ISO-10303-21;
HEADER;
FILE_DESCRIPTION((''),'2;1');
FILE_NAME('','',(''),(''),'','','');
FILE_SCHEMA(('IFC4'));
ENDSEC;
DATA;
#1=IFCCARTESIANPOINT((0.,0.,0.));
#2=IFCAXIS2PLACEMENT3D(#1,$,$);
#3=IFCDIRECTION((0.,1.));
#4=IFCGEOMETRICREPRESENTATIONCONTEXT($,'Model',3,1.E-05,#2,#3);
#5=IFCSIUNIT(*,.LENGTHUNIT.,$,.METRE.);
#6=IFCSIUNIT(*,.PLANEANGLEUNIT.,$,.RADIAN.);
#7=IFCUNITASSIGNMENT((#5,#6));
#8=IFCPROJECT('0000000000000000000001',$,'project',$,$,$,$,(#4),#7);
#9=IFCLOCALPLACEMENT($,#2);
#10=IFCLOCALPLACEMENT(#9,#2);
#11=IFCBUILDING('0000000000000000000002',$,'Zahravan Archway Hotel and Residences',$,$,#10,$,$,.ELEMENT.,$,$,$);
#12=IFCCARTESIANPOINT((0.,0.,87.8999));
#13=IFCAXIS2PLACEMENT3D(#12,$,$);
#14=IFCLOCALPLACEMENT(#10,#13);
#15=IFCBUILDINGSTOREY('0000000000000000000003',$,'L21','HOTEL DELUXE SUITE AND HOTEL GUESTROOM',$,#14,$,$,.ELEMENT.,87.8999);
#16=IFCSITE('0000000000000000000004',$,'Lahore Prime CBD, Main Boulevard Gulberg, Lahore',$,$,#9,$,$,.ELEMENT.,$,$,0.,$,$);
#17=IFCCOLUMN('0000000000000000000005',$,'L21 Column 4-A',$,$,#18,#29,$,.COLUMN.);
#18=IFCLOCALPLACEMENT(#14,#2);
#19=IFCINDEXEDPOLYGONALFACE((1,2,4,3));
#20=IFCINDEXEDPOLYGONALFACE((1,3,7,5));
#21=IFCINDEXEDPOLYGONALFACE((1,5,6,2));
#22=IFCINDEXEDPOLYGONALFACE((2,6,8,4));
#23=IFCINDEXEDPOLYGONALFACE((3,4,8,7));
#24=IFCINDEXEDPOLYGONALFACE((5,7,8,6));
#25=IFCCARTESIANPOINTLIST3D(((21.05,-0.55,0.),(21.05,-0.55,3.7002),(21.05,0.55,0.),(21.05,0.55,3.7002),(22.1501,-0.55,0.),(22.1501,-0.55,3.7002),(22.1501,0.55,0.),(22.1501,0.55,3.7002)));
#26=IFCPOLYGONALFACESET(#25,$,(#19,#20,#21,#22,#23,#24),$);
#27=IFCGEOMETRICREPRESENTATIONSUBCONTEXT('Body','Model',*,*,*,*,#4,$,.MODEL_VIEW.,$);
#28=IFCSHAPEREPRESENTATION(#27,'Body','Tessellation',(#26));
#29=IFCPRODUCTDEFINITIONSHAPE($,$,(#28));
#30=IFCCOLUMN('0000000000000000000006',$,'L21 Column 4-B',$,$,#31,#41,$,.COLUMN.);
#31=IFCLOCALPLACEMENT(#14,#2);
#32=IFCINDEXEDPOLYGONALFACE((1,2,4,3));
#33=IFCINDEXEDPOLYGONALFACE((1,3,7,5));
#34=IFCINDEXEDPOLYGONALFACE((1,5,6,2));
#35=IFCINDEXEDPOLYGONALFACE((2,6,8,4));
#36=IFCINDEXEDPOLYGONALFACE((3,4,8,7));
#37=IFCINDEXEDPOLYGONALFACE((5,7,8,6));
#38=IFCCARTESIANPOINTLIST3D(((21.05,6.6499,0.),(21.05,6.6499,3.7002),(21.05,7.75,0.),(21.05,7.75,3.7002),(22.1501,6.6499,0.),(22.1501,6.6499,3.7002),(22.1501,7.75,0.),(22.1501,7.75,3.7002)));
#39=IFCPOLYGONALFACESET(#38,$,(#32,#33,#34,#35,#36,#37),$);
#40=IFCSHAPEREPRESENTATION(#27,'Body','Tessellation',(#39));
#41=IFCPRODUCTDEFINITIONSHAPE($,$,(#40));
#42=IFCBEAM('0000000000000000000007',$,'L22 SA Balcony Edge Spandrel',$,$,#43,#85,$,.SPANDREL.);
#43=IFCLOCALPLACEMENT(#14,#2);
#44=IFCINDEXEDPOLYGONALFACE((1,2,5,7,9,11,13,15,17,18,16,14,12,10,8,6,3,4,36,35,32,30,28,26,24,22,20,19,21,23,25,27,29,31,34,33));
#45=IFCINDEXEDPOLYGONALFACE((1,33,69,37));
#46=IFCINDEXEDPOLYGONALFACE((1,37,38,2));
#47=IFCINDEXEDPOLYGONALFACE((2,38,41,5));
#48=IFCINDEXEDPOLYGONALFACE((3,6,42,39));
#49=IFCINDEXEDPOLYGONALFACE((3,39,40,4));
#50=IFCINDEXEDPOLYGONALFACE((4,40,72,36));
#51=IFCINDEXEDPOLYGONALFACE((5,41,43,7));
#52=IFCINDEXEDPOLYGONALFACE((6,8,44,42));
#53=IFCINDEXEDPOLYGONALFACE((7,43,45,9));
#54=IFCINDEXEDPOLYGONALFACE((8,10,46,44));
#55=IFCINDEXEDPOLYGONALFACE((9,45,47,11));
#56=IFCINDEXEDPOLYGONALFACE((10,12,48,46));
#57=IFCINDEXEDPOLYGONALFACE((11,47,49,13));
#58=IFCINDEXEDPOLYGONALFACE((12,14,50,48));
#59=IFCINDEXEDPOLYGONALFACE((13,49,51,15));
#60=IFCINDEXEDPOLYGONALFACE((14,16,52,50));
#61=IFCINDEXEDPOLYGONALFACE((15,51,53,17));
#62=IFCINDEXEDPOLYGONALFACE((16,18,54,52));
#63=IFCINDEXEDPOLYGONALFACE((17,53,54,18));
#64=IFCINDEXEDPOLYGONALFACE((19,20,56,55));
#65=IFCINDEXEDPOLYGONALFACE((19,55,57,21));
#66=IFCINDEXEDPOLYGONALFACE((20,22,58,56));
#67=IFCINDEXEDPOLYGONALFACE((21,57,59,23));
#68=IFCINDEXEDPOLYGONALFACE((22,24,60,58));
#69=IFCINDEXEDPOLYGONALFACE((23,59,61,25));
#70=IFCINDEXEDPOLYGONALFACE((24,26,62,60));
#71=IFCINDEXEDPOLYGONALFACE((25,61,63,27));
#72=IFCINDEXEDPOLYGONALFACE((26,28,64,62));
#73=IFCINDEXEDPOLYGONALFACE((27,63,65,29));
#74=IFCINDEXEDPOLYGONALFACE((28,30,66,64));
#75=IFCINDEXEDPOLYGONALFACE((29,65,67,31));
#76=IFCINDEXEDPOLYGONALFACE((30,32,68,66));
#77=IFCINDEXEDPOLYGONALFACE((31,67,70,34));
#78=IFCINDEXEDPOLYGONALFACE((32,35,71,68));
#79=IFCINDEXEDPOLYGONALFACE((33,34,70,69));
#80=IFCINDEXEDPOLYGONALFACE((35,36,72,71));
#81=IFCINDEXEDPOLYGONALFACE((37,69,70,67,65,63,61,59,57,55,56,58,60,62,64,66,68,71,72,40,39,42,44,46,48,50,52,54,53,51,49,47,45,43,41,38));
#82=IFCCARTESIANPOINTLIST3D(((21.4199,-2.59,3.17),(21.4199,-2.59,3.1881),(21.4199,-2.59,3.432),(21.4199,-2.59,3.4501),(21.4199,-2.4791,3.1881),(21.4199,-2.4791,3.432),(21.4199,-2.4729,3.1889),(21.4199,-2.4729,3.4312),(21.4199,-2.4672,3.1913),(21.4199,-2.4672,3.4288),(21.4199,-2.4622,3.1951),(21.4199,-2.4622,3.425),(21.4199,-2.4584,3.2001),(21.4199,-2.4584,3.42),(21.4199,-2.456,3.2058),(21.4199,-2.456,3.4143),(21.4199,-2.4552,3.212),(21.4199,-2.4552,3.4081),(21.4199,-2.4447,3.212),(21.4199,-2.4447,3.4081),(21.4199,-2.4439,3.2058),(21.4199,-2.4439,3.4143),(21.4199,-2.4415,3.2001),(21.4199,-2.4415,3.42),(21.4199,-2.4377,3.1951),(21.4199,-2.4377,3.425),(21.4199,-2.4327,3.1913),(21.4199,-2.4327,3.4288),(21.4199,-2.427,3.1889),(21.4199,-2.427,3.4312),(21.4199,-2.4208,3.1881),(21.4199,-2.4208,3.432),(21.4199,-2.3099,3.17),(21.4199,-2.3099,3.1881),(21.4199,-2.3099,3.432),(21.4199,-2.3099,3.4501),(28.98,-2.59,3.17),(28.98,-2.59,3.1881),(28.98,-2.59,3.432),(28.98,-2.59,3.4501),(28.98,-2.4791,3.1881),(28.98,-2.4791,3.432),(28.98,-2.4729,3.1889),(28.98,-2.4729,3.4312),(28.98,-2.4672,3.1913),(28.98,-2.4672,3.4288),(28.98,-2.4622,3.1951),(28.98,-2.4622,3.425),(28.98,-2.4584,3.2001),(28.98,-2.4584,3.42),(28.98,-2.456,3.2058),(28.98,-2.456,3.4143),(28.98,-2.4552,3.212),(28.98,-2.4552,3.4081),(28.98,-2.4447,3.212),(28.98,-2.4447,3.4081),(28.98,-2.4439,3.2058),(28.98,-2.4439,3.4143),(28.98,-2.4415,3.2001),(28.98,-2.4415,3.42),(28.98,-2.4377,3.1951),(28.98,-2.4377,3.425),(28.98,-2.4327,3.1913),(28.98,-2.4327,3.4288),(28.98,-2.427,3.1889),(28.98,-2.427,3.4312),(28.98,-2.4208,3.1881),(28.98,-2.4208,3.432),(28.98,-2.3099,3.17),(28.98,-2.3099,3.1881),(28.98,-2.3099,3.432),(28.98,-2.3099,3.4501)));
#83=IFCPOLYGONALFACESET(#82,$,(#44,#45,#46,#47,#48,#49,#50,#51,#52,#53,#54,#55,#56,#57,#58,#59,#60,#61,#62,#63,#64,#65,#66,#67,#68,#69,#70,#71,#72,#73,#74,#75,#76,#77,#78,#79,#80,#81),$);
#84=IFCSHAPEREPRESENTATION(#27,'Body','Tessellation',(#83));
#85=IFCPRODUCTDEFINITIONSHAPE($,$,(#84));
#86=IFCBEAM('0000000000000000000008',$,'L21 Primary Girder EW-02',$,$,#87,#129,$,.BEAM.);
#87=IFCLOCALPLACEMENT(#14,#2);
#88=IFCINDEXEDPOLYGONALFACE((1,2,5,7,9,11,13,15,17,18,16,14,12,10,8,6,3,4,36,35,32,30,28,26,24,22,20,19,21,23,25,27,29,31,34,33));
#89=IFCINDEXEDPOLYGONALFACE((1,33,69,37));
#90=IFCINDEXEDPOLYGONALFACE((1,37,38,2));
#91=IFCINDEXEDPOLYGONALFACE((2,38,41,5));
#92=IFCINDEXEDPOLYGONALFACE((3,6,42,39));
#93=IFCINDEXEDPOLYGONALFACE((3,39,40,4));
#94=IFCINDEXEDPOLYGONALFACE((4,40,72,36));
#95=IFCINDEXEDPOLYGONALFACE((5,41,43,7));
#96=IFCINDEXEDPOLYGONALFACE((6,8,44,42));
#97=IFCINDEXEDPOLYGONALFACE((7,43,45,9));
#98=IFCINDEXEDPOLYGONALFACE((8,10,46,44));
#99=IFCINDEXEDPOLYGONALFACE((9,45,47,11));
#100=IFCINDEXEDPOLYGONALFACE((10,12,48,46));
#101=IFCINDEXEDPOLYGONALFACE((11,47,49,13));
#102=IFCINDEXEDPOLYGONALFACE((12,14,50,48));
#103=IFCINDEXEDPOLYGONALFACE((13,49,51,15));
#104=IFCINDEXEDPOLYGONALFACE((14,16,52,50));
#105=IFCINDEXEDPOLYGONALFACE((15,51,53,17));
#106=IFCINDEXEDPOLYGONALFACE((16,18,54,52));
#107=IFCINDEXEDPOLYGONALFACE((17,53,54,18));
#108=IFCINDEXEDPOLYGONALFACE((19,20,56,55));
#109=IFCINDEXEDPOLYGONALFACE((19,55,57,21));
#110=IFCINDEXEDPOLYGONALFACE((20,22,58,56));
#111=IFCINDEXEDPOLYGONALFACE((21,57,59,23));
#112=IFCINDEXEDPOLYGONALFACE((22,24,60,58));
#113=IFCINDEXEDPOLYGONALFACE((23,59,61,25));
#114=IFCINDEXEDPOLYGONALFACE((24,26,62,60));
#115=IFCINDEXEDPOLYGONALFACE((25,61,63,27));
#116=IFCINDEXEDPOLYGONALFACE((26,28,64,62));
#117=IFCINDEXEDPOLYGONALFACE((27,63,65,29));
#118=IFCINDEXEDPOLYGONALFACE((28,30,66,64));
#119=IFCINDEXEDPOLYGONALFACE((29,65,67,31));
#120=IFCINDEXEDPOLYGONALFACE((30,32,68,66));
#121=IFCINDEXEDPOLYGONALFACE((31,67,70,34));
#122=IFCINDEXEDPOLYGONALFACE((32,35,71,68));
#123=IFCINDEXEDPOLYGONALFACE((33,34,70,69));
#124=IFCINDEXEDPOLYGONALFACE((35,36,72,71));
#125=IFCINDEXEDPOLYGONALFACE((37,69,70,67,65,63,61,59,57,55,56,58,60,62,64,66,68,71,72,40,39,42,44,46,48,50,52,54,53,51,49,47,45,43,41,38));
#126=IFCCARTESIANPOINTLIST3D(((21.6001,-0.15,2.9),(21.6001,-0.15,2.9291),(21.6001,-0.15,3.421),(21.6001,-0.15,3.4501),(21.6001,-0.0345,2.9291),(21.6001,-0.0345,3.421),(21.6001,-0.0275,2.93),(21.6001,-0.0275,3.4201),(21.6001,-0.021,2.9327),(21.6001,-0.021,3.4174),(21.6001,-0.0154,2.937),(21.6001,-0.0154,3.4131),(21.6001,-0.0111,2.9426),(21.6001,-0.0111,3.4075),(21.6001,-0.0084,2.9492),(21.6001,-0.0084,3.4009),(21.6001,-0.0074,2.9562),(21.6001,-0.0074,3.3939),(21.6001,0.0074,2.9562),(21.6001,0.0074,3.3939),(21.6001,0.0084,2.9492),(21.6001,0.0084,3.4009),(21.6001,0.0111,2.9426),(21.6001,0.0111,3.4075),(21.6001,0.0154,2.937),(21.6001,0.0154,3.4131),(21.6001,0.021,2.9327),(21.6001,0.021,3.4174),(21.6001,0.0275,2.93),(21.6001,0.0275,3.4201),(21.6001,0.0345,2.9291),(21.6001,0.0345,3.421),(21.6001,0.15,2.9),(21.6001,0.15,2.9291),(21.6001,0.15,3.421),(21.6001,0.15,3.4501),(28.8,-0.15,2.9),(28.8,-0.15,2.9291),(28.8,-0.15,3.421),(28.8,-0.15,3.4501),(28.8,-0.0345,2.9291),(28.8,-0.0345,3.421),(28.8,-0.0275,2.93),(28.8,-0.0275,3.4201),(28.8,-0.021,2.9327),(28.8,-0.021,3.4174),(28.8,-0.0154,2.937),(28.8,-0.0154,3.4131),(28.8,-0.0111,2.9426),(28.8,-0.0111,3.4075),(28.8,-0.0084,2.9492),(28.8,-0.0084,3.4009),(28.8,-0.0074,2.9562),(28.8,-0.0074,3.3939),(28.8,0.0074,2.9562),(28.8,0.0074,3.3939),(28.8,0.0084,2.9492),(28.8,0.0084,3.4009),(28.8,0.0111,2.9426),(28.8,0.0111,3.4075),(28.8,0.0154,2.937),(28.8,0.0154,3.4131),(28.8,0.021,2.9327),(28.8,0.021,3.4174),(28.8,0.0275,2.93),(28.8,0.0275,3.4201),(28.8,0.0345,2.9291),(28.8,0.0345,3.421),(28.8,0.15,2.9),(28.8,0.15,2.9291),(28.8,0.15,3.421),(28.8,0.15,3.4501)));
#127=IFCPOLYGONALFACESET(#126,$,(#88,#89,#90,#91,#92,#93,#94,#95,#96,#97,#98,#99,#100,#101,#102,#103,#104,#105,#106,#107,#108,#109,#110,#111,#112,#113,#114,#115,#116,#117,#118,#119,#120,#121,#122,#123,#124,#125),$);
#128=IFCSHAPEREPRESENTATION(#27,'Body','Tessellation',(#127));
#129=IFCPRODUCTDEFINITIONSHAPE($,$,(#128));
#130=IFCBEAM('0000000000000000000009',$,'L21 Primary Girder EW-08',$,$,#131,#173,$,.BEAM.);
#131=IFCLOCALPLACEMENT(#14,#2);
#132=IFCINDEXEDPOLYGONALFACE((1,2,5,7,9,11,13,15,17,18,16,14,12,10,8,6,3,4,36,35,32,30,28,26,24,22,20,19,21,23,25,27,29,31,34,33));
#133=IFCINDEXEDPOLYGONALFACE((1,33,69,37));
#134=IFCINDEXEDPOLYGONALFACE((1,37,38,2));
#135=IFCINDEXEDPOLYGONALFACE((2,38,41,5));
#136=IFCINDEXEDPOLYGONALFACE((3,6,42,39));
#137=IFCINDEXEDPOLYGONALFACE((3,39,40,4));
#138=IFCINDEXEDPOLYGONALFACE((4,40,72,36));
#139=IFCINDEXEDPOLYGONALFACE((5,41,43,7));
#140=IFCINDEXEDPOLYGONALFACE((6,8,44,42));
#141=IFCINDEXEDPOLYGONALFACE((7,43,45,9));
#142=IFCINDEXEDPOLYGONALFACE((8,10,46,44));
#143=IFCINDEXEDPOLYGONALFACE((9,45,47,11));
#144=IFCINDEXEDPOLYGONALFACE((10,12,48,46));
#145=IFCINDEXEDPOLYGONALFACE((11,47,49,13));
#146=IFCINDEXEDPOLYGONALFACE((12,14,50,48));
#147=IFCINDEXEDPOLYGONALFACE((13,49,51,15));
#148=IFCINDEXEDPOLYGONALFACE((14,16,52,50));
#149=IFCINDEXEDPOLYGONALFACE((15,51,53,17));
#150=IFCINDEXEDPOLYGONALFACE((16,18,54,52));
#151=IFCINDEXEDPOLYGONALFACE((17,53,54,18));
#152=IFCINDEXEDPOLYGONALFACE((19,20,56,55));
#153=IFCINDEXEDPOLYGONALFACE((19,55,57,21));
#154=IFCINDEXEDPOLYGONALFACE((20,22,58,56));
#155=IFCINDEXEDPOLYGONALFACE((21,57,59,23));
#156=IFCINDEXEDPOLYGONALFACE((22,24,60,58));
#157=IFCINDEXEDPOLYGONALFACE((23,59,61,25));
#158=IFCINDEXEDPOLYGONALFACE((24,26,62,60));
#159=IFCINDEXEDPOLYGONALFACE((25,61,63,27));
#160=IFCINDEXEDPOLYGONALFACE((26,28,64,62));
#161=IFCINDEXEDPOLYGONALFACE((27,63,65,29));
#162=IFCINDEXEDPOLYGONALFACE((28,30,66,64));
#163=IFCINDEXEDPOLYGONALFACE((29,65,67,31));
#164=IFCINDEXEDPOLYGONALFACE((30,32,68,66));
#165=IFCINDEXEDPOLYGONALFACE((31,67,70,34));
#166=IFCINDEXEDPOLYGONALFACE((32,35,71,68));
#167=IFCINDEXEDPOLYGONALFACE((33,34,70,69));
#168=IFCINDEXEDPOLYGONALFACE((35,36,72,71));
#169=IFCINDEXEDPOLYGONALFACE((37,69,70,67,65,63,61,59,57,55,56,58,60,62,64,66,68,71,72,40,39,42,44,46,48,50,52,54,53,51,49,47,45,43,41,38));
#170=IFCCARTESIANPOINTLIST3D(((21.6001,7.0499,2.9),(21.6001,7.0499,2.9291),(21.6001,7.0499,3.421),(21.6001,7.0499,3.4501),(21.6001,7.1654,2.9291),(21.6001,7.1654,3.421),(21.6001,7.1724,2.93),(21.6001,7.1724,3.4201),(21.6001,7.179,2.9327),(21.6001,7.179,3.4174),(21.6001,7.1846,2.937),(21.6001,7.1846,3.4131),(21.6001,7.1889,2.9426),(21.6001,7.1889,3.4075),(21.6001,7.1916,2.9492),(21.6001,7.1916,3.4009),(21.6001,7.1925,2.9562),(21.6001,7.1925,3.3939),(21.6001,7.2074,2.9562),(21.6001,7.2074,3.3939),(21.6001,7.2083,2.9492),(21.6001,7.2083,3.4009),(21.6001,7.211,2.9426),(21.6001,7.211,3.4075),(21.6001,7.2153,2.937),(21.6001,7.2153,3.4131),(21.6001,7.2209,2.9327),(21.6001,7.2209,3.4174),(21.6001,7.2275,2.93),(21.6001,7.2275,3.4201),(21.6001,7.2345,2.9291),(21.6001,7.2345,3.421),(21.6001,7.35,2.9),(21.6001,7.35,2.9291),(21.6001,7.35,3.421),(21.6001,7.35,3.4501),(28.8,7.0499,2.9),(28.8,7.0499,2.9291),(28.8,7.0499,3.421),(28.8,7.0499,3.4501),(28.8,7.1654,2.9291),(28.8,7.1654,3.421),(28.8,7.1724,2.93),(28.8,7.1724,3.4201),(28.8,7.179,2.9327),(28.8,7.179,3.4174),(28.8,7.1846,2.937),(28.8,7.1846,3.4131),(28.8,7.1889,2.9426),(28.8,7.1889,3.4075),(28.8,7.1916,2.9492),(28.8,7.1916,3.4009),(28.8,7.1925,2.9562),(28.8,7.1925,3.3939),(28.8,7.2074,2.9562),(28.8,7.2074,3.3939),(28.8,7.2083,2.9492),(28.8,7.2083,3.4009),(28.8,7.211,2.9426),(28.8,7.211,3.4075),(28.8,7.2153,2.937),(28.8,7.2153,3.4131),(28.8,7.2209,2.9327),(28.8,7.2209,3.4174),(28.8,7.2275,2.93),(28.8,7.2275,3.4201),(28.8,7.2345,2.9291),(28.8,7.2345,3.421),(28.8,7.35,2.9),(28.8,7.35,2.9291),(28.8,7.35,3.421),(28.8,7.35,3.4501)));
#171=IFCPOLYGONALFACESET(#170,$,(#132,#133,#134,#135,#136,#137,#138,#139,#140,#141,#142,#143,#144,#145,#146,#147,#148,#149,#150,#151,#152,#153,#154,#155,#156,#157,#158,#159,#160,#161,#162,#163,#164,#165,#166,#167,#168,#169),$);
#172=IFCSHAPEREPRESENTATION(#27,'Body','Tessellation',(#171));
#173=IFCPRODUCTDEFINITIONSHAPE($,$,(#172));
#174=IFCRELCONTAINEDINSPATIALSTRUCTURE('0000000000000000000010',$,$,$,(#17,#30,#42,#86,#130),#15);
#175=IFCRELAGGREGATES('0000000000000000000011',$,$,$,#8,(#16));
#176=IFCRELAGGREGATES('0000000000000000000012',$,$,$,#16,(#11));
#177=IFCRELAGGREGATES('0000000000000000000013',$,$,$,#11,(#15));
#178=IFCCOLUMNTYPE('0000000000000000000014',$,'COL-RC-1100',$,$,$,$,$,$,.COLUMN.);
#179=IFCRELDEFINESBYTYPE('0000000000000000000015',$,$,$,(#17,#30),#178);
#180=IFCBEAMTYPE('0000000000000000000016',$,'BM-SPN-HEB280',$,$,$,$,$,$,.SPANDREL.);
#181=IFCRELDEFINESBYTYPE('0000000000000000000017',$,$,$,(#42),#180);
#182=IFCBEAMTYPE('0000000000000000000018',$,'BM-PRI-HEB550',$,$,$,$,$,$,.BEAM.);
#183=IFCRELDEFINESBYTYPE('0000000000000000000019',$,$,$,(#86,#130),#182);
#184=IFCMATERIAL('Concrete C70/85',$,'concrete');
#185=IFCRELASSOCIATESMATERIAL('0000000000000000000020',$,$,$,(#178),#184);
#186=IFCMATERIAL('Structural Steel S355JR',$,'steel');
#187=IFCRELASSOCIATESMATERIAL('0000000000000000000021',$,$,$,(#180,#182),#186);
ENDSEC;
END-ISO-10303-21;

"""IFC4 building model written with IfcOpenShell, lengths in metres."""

from ifc_helpers import new_model, si_unit, direction, frame, origin, origin_2d, place, context, subcontext, project, spatial, rectangle, i_section, extrude, source, transform, mapped, material, material_profile, profile_set, type_object, type_shapes, element, save


model = new_model("IFC4")

# Units and contexts
model_context = context("Model", 3, precision=1e-05, world=origin(), true_north=direction((0.0, 1.0)))
body_context = subcontext(model_context, "Body", "Model", "MODEL_VIEW")
ifc_project = project(units=[si_unit("LENGTHUNIT", "METRE"), si_unit("PLANEANGLEUNIT", "RADIAN")], contexts=[model_context])

# Site, building, storey
site_placement = place(None, origin())
site = spatial("IfcSite", under=ifc_project, at=site_placement, Name="Lahore Prime CBD, Main Boulevard Gulberg, Lahore", CompositionType="ELEMENT", RefElevation=0.0)
building_placement = place(site_placement, origin())
building = spatial("IfcBuilding", under=site, at=building_placement, Name="Zahravan Archway Hotel and Residences", CompositionType="ELEMENT")
storey_placement = place(building_placement, frame((0.0, 0.0, 87.8999)))
storey = spatial("IfcBuildingStorey", under=building, at=storey_placement, Name="L21", Description="HOTEL DELUXE SUITE AND HOTEL GUESTROOM", CompositionType="ELEMENT", Elevation=87.8999)

# Columns
ifc_material_1 = material(Name="Concrete C70/85", Category="concrete")
ifc_material_profile_1 = material_profile(ifc_material_1, rectangle(XDim=1.1001, YDim=1.1001, at=origin_2d()), Name="RC 1100x1100", Category="concrete")
ifc_profile_set_1 = profile_set([ifc_material_profile_1], Name="Concrete C70/85")
column_type = type_object("IfcColumnType", Name="COL-RC-1100", PredefinedType="COLUMN", material=ifc_profile_set_1)
shared_shape_1 = source(origin(), body_context, "Body", "SweptSolid", [
    extrude(rectangle(XDim=1.1001, YDim=1.1001, at=origin_2d()), origin(), (0.0, 0.0, 1.0), 3.7002),
])
for number, where, z_axis, x_axis, name in (
    (1, (21.6001, 0.0, 0.0), (0.0, 0.0, 1.0), (1.0, 0.0, 0.0), "L21 Column 4-A"),
    (2, (21.6001, 7.2, 0.0), (0.0, 0.0, 1.0), (1.0, 0.0, 0.0), "L21 Column 4-B"),
):
    element("IfcColumn", number, at=place(storey_placement, frame(where, z_axis=z_axis, x_axis=x_axis)), inside=storey, type_object=column_type, Name=name, PredefinedType="COLUMN", context=body_context, shape_type="MappedRepresentation", body=[
        mapped(shared_shape_1, transform((0.0, 0.0, 0.0), scale=1.0)),
    ])

# Beams
ifc_material_2 = material(Name="Structural Steel S355JR", Category="steel")
ifc_material_profile_2 = material_profile(ifc_material_2, i_section(OverallWidth=0.28, OverallDepth=0.28, WebThickness=0.0105, FlangeThickness=0.0181, FilletRadius=0.0239, at=origin_2d()), Name="HEB 280", Category="steel")
ifc_profile_set_2 = profile_set([ifc_material_profile_2], Name="Structural Steel S355JR")
beam_type_1 = type_object("IfcBeamType", Name="BM-SPN-HEB280", PredefinedType="SPANDREL", material=ifc_profile_set_2)
shared_shape_2 = source(origin(), body_context, "Body", "SweptSolid", [
    extrude(i_section(OverallWidth=0.28, OverallDepth=0.28, WebThickness=0.0105, FlangeThickness=0.0181, FilletRadius=0.0239, at=origin_2d()), origin(), (0.0, 0.0, 1.0), 7.5601),
])
type_shapes(beam_type_1, [shared_shape_2])
beam_1_placement = place(storey_placement, frame((21.4199, -2.45, 3.3101), z_axis=(1.0, 0.0, 0.0), x_axis=(0.0, 1.0, 0.0)))
element("IfcBeam", 3, at=beam_1_placement, inside=storey, type_object=beam_type_1, Name="L22 SA Balcony Edge Spandrel", PredefinedType="SPANDREL", context=body_context, shape_type="MappedRepresentation", body=[
    mapped(shared_shape_2, transform((0.0, 0.0, 0.0), scale=1.0)),
])
ifc_material_profile_3 = material_profile(ifc_material_2, i_section(OverallWidth=0.3, OverallDepth=0.55, WebThickness=0.0149, FlangeThickness=0.0291, FilletRadius=0.0271, at=origin_2d()), Name="HEB 550", Category="steel")
ifc_profile_set_3 = profile_set([ifc_material_profile_3], Name="Structural Steel S355JR")
beam_type_2 = type_object("IfcBeamType", Name="BM-PRI-HEB550", PredefinedType="BEAM", material=ifc_profile_set_3)
shared_shape_3 = source(origin(), body_context, "Body", "SweptSolid", [
    extrude(i_section(OverallWidth=0.3, OverallDepth=0.55, WebThickness=0.0149, FlangeThickness=0.0291, FilletRadius=0.0271, at=origin_2d()), origin(), (0.0, 0.0, 1.0), 7.2),
])
for number, where, z_axis, x_axis, name in (
    (4, (21.6001, 0.0, 3.175), (1.0, 0.0, 0.0), (0.0, 1.0, 0.0), "L21 Primary Girder EW-02"),
    (5, (21.6001, 7.2, 3.175), (1.0, 0.0, 0.0), (0.0, 1.0, 0.0), "L21 Primary Girder EW-08"),
):
    element("IfcBeam", number, at=place(storey_placement, frame(where, z_axis=z_axis, x_axis=x_axis)), inside=storey, type_object=beam_type_2, Name=name, PredefinedType="BEAM", context=body_context, shape_type="MappedRepresentation", body=[
        mapped(shared_shape_3, transform((0.0, 0.0, 0.0), scale=1.0)),
    ])

save(model, "model.ifc")
